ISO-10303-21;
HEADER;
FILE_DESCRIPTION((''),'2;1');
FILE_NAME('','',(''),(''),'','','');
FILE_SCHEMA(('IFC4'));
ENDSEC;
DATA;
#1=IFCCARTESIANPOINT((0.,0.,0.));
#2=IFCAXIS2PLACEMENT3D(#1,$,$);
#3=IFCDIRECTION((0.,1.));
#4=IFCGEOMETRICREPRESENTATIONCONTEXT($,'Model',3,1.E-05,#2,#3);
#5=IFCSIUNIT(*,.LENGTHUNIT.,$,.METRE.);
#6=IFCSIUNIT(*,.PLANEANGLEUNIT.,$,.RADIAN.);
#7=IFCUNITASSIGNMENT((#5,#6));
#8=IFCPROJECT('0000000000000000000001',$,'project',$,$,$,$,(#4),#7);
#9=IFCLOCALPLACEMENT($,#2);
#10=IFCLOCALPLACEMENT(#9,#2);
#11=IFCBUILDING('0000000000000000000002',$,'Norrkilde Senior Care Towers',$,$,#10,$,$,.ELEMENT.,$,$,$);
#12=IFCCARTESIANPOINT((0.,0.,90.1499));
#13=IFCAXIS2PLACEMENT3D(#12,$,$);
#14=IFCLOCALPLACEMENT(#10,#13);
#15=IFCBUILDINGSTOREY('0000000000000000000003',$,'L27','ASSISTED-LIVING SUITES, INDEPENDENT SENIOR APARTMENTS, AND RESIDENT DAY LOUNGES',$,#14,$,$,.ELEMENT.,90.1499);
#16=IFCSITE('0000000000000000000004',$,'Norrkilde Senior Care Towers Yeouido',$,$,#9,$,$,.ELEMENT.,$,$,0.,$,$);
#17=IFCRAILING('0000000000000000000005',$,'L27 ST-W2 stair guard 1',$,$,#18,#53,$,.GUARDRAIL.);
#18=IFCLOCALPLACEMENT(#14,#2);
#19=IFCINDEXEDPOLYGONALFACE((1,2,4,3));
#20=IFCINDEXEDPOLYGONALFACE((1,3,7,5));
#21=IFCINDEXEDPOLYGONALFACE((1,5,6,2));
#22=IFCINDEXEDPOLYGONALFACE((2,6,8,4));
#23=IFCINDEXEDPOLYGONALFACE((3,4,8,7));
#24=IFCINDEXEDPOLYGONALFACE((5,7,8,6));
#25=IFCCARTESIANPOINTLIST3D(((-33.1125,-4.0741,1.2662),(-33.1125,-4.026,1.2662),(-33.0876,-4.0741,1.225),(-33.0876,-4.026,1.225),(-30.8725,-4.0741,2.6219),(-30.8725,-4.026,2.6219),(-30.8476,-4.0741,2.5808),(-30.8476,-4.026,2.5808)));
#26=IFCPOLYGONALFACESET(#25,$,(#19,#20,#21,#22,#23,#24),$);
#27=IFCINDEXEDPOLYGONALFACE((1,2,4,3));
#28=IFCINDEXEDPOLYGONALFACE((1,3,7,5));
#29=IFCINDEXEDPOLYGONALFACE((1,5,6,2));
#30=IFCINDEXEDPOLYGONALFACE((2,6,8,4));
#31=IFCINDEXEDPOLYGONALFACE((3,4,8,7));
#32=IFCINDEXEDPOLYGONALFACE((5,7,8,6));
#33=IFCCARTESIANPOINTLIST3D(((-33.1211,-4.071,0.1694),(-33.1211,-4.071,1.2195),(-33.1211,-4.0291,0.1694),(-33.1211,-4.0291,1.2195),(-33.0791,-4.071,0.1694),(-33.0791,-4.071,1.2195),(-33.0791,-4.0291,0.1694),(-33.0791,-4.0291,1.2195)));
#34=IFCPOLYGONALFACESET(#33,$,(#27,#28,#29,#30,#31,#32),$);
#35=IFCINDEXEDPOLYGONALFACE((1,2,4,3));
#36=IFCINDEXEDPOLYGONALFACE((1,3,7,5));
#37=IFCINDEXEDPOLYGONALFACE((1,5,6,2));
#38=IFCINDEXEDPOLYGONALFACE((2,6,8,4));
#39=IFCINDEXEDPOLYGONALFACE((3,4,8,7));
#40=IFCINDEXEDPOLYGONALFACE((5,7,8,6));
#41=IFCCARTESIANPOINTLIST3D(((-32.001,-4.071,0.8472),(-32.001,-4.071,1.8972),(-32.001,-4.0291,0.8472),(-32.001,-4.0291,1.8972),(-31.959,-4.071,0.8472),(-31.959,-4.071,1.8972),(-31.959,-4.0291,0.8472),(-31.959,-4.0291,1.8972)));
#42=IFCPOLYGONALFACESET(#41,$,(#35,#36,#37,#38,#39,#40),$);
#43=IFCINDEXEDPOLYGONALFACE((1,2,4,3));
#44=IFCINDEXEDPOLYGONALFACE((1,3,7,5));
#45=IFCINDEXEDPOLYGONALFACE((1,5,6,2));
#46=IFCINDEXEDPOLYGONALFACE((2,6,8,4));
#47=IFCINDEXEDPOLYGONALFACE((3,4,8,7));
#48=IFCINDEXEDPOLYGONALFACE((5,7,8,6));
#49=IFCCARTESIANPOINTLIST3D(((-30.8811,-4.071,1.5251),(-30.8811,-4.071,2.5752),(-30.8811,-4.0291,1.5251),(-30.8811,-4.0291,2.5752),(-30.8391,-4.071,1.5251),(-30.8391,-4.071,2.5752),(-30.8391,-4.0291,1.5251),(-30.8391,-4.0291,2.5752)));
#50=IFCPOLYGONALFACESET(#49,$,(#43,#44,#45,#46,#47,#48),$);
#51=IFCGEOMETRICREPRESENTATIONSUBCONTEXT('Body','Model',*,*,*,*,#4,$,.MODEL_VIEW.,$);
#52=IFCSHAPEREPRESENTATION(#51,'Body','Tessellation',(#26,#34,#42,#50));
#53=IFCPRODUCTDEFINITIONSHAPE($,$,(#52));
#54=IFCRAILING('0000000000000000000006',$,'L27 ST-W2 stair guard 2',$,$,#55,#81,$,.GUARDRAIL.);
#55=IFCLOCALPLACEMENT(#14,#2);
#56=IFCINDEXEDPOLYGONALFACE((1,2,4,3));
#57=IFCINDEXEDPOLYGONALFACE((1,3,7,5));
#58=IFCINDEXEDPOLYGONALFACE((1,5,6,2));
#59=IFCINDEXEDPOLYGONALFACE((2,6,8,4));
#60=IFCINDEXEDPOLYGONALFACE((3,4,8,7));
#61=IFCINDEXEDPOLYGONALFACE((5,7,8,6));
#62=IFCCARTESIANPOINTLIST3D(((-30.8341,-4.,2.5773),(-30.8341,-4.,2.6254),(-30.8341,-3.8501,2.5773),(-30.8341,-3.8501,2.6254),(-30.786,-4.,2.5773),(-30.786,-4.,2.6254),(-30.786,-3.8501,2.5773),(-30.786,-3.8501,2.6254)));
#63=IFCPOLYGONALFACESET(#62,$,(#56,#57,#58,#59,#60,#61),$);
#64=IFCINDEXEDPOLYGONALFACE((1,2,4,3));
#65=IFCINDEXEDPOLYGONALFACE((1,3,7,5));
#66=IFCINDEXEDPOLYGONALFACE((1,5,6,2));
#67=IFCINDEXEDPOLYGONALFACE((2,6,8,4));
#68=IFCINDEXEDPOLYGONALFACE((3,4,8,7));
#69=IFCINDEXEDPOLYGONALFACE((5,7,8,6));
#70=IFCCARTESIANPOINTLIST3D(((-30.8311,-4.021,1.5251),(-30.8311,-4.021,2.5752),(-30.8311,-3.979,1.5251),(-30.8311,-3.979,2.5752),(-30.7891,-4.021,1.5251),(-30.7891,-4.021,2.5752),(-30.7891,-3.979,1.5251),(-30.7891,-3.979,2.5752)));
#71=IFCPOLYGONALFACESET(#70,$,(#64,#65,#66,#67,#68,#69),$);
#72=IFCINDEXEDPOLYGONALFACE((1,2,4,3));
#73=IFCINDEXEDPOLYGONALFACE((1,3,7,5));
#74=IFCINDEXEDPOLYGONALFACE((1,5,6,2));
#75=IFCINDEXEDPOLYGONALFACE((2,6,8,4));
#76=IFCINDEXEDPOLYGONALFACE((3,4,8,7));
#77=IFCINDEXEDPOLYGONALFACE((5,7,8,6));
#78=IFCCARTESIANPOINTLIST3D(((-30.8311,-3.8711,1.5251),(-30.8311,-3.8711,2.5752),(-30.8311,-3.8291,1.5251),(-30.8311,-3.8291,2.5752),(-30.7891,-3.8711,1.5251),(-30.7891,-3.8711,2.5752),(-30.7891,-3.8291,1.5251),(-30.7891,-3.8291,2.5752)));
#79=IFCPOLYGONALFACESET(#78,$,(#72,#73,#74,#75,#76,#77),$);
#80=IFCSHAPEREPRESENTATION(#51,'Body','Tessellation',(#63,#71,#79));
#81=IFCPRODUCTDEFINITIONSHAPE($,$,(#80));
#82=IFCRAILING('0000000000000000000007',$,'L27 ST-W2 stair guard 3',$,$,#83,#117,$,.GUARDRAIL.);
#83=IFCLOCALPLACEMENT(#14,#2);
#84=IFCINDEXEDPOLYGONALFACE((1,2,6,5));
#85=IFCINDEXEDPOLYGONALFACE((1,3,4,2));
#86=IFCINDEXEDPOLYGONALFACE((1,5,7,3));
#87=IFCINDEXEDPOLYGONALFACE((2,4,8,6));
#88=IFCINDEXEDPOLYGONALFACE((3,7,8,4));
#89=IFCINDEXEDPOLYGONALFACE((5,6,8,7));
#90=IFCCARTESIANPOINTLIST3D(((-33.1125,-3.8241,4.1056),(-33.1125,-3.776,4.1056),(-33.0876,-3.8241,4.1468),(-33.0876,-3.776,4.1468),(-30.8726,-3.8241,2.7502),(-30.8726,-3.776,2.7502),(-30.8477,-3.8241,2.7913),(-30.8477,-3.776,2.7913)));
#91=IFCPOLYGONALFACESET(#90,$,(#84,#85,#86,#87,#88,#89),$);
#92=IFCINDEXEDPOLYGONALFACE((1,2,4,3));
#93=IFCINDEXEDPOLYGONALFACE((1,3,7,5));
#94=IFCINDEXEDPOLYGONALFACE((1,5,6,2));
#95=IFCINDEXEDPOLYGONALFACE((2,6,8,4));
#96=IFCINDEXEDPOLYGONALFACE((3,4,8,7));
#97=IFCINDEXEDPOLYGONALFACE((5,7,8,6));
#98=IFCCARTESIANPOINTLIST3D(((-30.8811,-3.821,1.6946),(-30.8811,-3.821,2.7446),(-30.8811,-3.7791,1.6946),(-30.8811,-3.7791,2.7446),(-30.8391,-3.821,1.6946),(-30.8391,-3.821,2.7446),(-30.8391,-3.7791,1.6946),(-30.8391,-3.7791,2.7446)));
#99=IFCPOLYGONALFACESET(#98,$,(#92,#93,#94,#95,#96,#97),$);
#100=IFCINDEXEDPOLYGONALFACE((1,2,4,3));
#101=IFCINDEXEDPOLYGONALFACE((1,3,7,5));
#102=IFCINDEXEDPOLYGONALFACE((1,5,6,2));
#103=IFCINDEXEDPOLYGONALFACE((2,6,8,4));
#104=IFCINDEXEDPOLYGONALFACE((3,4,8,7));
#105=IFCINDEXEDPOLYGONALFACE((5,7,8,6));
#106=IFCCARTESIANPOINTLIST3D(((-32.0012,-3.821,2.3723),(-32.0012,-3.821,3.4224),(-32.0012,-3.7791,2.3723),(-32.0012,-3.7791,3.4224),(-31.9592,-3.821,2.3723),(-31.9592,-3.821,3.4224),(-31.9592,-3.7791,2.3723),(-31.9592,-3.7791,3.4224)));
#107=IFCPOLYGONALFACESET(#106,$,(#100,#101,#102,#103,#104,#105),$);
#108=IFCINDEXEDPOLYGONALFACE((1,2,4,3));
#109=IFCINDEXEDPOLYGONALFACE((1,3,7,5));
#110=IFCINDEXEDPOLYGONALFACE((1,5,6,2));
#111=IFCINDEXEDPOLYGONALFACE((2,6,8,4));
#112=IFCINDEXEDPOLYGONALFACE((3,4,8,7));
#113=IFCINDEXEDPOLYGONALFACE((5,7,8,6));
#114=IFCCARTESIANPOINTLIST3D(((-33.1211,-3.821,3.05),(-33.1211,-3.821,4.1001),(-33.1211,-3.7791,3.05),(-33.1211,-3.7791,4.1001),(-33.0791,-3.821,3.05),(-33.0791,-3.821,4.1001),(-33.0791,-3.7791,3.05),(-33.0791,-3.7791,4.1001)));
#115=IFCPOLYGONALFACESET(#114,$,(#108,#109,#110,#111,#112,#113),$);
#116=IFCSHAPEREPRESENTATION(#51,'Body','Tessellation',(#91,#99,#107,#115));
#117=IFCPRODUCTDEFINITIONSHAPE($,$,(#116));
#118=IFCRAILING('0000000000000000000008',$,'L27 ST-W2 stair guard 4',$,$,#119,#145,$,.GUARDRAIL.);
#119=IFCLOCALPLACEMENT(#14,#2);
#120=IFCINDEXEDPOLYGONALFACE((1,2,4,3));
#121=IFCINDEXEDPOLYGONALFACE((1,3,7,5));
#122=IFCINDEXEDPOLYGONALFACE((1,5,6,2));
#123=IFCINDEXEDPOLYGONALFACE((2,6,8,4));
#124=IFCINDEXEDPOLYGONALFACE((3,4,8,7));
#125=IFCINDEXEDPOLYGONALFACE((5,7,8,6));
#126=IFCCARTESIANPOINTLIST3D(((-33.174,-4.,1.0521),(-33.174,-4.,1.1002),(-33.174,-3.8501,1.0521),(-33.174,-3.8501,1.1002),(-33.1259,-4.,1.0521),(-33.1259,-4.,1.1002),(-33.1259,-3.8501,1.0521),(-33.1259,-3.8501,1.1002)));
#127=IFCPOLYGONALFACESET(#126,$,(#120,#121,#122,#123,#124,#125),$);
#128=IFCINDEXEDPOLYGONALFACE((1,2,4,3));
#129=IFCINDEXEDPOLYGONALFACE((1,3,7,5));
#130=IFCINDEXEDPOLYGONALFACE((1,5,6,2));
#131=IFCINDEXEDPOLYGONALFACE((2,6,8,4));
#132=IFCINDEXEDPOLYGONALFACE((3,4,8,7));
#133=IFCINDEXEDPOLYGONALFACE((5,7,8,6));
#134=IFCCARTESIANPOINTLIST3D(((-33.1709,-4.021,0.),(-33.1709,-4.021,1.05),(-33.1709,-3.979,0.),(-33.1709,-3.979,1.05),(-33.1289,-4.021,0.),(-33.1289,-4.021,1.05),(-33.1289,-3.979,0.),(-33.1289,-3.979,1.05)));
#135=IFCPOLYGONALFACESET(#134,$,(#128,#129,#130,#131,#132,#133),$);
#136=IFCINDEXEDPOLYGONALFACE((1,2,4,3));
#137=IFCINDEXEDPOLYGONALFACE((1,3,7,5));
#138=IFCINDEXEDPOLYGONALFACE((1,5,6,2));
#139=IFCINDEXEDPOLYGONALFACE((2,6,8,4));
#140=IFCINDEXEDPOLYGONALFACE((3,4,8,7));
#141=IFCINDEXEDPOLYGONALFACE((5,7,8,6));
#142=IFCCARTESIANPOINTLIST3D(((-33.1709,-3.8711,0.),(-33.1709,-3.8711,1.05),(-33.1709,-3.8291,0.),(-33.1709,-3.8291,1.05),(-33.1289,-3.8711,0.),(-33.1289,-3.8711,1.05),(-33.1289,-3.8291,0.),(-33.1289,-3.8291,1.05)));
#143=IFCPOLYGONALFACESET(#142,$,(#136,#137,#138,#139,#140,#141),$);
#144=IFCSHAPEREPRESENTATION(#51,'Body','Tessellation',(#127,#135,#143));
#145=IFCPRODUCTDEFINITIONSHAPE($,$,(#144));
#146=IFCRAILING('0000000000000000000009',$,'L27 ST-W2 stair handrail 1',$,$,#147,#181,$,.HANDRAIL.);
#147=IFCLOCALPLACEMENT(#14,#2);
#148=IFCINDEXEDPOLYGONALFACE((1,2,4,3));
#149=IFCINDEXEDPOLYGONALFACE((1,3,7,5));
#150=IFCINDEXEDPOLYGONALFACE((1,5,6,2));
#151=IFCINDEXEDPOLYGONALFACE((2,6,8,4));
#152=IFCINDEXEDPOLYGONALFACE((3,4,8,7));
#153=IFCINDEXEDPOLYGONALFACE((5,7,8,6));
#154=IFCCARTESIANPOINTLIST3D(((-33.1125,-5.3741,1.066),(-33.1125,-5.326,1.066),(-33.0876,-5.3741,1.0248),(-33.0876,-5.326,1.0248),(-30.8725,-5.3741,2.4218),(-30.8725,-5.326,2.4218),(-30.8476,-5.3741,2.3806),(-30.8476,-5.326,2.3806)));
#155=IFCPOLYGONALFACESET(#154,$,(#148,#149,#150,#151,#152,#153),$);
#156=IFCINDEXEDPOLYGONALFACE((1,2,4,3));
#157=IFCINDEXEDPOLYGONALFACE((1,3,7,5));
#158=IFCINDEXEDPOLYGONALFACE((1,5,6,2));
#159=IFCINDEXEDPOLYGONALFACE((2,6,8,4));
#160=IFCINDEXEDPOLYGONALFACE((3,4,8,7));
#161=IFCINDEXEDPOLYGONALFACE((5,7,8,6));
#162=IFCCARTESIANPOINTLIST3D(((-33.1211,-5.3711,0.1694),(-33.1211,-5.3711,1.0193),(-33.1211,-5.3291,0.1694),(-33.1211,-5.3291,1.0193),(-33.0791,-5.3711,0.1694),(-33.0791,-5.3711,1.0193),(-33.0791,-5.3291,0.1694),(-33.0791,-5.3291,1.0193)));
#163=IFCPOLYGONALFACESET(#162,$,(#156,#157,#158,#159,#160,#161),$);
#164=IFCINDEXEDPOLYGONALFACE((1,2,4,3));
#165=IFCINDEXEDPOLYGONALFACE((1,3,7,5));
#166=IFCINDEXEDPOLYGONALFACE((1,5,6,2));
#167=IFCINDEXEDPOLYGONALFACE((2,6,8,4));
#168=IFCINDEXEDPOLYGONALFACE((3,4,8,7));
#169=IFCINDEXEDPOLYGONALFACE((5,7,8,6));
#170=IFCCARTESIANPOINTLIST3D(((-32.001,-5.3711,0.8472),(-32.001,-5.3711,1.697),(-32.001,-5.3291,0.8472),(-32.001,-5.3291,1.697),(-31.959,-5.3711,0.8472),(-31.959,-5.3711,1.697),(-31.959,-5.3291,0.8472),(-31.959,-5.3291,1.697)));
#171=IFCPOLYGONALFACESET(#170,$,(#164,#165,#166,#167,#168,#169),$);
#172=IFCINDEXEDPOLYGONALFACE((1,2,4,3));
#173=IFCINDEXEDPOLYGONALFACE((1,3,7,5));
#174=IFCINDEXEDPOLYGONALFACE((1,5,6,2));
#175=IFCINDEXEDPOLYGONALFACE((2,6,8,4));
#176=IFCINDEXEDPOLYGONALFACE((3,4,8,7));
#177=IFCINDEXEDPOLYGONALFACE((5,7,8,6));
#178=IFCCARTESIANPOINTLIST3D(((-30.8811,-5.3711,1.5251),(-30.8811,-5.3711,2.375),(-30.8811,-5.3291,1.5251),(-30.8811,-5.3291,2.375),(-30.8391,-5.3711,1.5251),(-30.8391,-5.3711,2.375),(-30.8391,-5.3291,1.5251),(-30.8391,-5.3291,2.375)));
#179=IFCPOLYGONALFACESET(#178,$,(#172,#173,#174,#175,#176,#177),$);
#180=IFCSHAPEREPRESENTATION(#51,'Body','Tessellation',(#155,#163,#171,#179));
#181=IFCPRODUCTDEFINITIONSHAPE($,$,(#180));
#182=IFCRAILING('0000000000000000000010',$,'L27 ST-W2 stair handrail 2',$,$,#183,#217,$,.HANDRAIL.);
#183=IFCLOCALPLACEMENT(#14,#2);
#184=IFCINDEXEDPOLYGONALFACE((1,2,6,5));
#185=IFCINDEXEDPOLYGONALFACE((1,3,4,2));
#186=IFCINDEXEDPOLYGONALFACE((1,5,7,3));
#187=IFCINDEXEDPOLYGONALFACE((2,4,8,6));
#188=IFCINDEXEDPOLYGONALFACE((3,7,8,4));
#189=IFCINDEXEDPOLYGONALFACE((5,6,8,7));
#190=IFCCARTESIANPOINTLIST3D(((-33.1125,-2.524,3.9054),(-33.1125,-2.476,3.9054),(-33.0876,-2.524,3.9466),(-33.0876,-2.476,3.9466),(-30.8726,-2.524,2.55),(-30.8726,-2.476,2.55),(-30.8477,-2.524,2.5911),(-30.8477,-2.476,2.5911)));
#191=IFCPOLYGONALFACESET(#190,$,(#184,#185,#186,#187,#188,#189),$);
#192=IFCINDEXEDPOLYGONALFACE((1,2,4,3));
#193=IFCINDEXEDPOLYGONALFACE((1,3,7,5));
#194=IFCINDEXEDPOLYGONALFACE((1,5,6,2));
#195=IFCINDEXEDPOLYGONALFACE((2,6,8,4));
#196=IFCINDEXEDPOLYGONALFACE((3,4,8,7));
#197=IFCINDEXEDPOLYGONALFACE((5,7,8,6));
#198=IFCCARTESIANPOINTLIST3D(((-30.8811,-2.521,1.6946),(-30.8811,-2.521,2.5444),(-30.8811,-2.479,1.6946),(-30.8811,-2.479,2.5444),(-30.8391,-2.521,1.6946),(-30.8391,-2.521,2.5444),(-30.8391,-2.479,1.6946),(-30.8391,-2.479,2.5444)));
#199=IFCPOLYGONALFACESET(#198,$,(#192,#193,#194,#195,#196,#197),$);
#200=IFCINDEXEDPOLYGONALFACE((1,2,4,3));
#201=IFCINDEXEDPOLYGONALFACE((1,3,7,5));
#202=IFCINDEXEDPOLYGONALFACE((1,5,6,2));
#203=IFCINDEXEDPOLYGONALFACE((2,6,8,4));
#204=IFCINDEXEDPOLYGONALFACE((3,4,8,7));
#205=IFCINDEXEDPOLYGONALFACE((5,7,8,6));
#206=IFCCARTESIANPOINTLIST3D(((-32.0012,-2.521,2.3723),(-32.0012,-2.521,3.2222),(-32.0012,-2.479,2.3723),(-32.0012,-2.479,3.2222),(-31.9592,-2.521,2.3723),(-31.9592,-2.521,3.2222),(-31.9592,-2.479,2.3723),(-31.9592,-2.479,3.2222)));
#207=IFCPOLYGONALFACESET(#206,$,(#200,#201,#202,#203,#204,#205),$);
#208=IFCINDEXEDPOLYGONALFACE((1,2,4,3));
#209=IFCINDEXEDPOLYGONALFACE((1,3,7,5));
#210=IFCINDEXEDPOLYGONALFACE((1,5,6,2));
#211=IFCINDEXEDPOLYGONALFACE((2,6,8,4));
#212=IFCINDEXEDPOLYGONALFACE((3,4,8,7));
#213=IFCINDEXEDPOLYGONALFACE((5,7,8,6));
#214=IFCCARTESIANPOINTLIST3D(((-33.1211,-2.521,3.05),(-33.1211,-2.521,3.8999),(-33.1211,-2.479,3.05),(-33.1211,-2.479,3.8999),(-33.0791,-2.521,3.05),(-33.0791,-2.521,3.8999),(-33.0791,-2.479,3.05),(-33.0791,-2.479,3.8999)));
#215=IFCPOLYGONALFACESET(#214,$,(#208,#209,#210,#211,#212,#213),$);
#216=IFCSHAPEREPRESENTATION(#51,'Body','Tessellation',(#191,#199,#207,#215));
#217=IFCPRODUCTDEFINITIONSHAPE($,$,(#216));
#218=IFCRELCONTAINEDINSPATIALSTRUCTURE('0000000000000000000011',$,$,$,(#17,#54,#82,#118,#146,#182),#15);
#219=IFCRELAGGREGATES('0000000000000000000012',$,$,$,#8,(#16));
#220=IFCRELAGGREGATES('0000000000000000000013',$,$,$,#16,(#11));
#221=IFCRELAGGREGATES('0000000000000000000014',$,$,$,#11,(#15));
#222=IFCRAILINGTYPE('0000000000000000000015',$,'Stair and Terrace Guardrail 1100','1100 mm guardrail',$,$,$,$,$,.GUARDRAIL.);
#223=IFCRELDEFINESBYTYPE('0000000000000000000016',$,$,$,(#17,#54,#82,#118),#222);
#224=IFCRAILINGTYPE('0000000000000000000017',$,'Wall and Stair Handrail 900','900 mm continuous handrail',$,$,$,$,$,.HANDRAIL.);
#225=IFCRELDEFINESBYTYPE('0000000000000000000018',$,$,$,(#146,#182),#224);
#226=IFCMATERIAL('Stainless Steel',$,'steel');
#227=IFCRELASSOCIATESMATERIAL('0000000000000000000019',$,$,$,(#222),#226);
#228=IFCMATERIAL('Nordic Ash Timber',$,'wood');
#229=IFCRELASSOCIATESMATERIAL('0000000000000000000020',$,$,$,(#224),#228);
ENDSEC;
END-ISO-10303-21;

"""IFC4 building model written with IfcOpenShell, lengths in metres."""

from ifc_helpers import new_model, si_unit, direction, frame, origin, origin_2d, place, context, subcontext, project, spatial, rectangle, extrude, material, type_object, element, save


model = new_model("IFC4")

# Units and contexts
model_context = context("Model", 3, precision=1e-05, world=origin(), true_north=direction((0.0, 1.0)))
body_context = subcontext(model_context, "Body", "Model", "MODEL_VIEW")
ifc_project = project(units=[si_unit("LENGTHUNIT", "METRE"), si_unit("PLANEANGLEUNIT", "RADIAN")], contexts=[model_context])

# Site, building, storey
site_placement = place(None, origin())
site = spatial("IfcSite", under=ifc_project, at=site_placement, Name="Norrkilde Senior Care Towers Yeouido", CompositionType="ELEMENT", RefElevation=0.0)
building_placement = place(site_placement, origin())
building = spatial("IfcBuilding", under=site, at=building_placement, Name="Norrkilde Senior Care Towers", CompositionType="ELEMENT")
storey_placement = place(building_placement, frame((0.0, 0.0, 90.1499)))
storey = spatial("IfcBuildingStorey", under=building, at=storey_placement, Name="L27", Description="ASSISTED-LIVING SUITES, INDEPENDENT SENIOR APARTMENTS, AND RESIDENT DAY LOUNGES", CompositionType="ELEMENT", Elevation=90.1499)

# Shared definitions
ifc_material_1 = material(Name="Stainless Steel", Category="steel")

# Shared definitions
ifc_material_2 = material(Name="Nordic Ash Timber", Category="wood")

# Railings
railing_type_1 = type_object("IfcRailingType", Name="Stair and Terrace Guardrail 1100", Description="1100 mm guardrail", PredefinedType="GUARDRAIL", material=ifc_material_1)
railing_1_placement = place(storey_placement, frame((-33.1001, -4.05, 0.1694)))
element("IfcRailing", 1, at=railing_1_placement, inside=storey, type_object=railing_type_1, Name="L27 ST-W2 stair guard 1", PredefinedType="GUARDRAIL", context=body_context, shape_type="SweptSolid", body=[
    extrude(rectangle(XDim=0.0481, YDim=0.0481, at=origin_2d()), frame((0.0, 0.0, 1.0762), z_axis=(0.855512, 0.0, 0.517783), x_axis=(0.0, 1.0, 0.0)), (0.0, 0.0, 1.0), 2.6184),
    extrude(rectangle(XDim=0.042, YDim=0.042, at=origin_2d()), origin(), (0.0, 0.0, 1.0), 1.05),
    extrude(rectangle(XDim=0.042, YDim=0.042, at=origin_2d()), frame((1.1201, 0.0, 0.6777)), (0.0, 0.0, 1.0), 1.05),
    extrude(rectangle(XDim=0.042, YDim=0.042, at=origin_2d()), frame((2.24, 0.0, 1.3557)), (0.0, 0.0, 1.0), 1.05),
])
railing_2_placement = place(storey_placement, frame((-30.8101, -4.0, 1.5251)))
element("IfcRailing", 2, at=railing_2_placement, inside=storey, type_object=railing_type_1, Name="L27 ST-W2 stair guard 2", PredefinedType="GUARDRAIL", context=body_context, shape_type="SweptSolid", body=[
    extrude(rectangle(XDim=0.0481, YDim=0.0481, at=origin_2d()), frame((0.0, 0.0, 1.0762), z_axis=(0.0, 1.0, 0.0), x_axis=(-1.0, 0.0, 0.0)), (0.0, 0.0, 1.0), 0.1499),
    extrude(rectangle(XDim=0.042, YDim=0.042, at=origin_2d()), origin(), (0.0, 0.0, 1.0), 1.05),
    extrude(rectangle(XDim=0.042, YDim=0.042, at=origin_2d()), frame((0.0, 0.1499, 0.0)), (0.0, 0.0, 1.0), 1.05),
])
railing_3_placement = place(storey_placement, frame((-30.8601, -3.8, 1.6946)))
element("IfcRailing", 3, at=railing_3_placement, inside=storey, type_object=railing_type_1, Name="L27 ST-W2 stair guard 3", PredefinedType="GUARDRAIL", context=body_context, shape_type="SweptSolid", body=[
    extrude(rectangle(XDim=0.0481, YDim=0.0481, at=origin_2d()), frame((0.0, 0.0, 1.0762), z_axis=(-0.855553, 0.0, 0.517715), x_axis=(0.0, -1.0, 0.0)), (0.0, 0.0, 1.0), 2.6182),
    extrude(rectangle(XDim=0.042, YDim=0.042, at=origin_2d()), origin(), (0.0, 0.0, 1.0), 1.05),
    extrude(rectangle(XDim=0.042, YDim=0.042, at=origin_2d()), frame((-1.1201, 0.0, 0.6777)), (0.0, 0.0, 1.0), 1.05),
    extrude(rectangle(XDim=0.042, YDim=0.042, at=origin_2d()), frame((-2.24, 0.0, 1.3555)), (0.0, 0.0, 1.0), 1.05),
])
railing_4_placement = place(storey_placement, frame((-33.1499, -4.0, 0.0)))
element("IfcRailing", 4, at=railing_4_placement, inside=storey, type_object=railing_type_1, Name="L27 ST-W2 stair guard 4", PredefinedType="GUARDRAIL", context=body_context, shape_type="SweptSolid", body=[
    extrude(rectangle(XDim=0.0481, YDim=0.0481, at=origin_2d()), frame((0.0, 0.0, 1.0762), z_axis=(0.0, 1.0, 0.0), x_axis=(-1.0, 0.0, 0.0)), (0.0, 0.0, 1.0), 0.1499),
    extrude(rectangle(XDim=0.042, YDim=0.042, at=origin_2d()), origin(), (0.0, 0.0, 1.0), 1.05),
    extrude(rectangle(XDim=0.042, YDim=0.042, at=origin_2d()), frame((0.0, 0.1499, 0.0)), (0.0, 0.0, 1.0), 1.05),
])
railing_type_2 = type_object("IfcRailingType", Name="Wall and Stair Handrail 900", Description="900 mm continuous handrail", PredefinedType="HANDRAIL", material=ifc_material_2)
railing_5_placement = place(storey_placement, frame((-33.1001, -5.3501, 0.1694)))
element("IfcRailing", 5, at=railing_5_placement, inside=storey, type_object=railing_type_2, Name="L27 ST-W2 stair handrail 1", PredefinedType="HANDRAIL", context=body_context, shape_type="SweptSolid", body=[
    extrude(rectangle(XDim=0.0481, YDim=0.0481, at=origin_2d()), frame((0.0, 0.0, 0.876), z_axis=(0.855512, 0.0, 0.517783), x_axis=(0.0, 1.0, 0.0)), (0.0, 0.0, 1.0), 2.6184),
    extrude(rectangle(XDim=0.042, YDim=0.042, at=origin_2d()), origin(), (0.0, 0.0, 1.0), 0.8499),
    extrude(rectangle(XDim=0.042, YDim=0.042, at=origin_2d()), frame((1.1201, 0.0, 0.6777)), (0.0, 0.0, 1.0), 0.8499),
    extrude(rectangle(XDim=0.042, YDim=0.042, at=origin_2d()), frame((2.24, 0.0, 1.3557)), (0.0, 0.0, 1.0), 0.8499),
])
railing_6_placement = place(storey_placement, frame((-30.8601, -2.5, 1.6946)))
element("IfcRailing", 6, at=railing_6_placement, inside=storey, type_object=railing_type_2, Name="L27 ST-W2 stair handrail 2", PredefinedType="HANDRAIL", context=body_context, shape_type="SweptSolid", body=[
    extrude(rectangle(XDim=0.0481, YDim=0.0481, at=origin_2d()), frame((0.0, 0.0, 0.876), z_axis=(-0.855553, 0.0, 0.517715), x_axis=(0.0, -1.0, 0.0)), (0.0, 0.0, 1.0), 2.6182),
    extrude(rectangle(XDim=0.042, YDim=0.042, at=origin_2d()), origin(), (0.0, 0.0, 1.0), 0.8499),
    extrude(rectangle(XDim=0.042, YDim=0.042, at=origin_2d()), frame((-1.1201, 0.0, 0.6777)), (0.0, 0.0, 1.0), 0.8499),
    extrude(rectangle(XDim=0.042, YDim=0.042, at=origin_2d()), frame((-2.24, 0.0, 1.3555)), (0.0, 0.0, 1.0), 0.8499),
])

save(model, "model.ifc")
